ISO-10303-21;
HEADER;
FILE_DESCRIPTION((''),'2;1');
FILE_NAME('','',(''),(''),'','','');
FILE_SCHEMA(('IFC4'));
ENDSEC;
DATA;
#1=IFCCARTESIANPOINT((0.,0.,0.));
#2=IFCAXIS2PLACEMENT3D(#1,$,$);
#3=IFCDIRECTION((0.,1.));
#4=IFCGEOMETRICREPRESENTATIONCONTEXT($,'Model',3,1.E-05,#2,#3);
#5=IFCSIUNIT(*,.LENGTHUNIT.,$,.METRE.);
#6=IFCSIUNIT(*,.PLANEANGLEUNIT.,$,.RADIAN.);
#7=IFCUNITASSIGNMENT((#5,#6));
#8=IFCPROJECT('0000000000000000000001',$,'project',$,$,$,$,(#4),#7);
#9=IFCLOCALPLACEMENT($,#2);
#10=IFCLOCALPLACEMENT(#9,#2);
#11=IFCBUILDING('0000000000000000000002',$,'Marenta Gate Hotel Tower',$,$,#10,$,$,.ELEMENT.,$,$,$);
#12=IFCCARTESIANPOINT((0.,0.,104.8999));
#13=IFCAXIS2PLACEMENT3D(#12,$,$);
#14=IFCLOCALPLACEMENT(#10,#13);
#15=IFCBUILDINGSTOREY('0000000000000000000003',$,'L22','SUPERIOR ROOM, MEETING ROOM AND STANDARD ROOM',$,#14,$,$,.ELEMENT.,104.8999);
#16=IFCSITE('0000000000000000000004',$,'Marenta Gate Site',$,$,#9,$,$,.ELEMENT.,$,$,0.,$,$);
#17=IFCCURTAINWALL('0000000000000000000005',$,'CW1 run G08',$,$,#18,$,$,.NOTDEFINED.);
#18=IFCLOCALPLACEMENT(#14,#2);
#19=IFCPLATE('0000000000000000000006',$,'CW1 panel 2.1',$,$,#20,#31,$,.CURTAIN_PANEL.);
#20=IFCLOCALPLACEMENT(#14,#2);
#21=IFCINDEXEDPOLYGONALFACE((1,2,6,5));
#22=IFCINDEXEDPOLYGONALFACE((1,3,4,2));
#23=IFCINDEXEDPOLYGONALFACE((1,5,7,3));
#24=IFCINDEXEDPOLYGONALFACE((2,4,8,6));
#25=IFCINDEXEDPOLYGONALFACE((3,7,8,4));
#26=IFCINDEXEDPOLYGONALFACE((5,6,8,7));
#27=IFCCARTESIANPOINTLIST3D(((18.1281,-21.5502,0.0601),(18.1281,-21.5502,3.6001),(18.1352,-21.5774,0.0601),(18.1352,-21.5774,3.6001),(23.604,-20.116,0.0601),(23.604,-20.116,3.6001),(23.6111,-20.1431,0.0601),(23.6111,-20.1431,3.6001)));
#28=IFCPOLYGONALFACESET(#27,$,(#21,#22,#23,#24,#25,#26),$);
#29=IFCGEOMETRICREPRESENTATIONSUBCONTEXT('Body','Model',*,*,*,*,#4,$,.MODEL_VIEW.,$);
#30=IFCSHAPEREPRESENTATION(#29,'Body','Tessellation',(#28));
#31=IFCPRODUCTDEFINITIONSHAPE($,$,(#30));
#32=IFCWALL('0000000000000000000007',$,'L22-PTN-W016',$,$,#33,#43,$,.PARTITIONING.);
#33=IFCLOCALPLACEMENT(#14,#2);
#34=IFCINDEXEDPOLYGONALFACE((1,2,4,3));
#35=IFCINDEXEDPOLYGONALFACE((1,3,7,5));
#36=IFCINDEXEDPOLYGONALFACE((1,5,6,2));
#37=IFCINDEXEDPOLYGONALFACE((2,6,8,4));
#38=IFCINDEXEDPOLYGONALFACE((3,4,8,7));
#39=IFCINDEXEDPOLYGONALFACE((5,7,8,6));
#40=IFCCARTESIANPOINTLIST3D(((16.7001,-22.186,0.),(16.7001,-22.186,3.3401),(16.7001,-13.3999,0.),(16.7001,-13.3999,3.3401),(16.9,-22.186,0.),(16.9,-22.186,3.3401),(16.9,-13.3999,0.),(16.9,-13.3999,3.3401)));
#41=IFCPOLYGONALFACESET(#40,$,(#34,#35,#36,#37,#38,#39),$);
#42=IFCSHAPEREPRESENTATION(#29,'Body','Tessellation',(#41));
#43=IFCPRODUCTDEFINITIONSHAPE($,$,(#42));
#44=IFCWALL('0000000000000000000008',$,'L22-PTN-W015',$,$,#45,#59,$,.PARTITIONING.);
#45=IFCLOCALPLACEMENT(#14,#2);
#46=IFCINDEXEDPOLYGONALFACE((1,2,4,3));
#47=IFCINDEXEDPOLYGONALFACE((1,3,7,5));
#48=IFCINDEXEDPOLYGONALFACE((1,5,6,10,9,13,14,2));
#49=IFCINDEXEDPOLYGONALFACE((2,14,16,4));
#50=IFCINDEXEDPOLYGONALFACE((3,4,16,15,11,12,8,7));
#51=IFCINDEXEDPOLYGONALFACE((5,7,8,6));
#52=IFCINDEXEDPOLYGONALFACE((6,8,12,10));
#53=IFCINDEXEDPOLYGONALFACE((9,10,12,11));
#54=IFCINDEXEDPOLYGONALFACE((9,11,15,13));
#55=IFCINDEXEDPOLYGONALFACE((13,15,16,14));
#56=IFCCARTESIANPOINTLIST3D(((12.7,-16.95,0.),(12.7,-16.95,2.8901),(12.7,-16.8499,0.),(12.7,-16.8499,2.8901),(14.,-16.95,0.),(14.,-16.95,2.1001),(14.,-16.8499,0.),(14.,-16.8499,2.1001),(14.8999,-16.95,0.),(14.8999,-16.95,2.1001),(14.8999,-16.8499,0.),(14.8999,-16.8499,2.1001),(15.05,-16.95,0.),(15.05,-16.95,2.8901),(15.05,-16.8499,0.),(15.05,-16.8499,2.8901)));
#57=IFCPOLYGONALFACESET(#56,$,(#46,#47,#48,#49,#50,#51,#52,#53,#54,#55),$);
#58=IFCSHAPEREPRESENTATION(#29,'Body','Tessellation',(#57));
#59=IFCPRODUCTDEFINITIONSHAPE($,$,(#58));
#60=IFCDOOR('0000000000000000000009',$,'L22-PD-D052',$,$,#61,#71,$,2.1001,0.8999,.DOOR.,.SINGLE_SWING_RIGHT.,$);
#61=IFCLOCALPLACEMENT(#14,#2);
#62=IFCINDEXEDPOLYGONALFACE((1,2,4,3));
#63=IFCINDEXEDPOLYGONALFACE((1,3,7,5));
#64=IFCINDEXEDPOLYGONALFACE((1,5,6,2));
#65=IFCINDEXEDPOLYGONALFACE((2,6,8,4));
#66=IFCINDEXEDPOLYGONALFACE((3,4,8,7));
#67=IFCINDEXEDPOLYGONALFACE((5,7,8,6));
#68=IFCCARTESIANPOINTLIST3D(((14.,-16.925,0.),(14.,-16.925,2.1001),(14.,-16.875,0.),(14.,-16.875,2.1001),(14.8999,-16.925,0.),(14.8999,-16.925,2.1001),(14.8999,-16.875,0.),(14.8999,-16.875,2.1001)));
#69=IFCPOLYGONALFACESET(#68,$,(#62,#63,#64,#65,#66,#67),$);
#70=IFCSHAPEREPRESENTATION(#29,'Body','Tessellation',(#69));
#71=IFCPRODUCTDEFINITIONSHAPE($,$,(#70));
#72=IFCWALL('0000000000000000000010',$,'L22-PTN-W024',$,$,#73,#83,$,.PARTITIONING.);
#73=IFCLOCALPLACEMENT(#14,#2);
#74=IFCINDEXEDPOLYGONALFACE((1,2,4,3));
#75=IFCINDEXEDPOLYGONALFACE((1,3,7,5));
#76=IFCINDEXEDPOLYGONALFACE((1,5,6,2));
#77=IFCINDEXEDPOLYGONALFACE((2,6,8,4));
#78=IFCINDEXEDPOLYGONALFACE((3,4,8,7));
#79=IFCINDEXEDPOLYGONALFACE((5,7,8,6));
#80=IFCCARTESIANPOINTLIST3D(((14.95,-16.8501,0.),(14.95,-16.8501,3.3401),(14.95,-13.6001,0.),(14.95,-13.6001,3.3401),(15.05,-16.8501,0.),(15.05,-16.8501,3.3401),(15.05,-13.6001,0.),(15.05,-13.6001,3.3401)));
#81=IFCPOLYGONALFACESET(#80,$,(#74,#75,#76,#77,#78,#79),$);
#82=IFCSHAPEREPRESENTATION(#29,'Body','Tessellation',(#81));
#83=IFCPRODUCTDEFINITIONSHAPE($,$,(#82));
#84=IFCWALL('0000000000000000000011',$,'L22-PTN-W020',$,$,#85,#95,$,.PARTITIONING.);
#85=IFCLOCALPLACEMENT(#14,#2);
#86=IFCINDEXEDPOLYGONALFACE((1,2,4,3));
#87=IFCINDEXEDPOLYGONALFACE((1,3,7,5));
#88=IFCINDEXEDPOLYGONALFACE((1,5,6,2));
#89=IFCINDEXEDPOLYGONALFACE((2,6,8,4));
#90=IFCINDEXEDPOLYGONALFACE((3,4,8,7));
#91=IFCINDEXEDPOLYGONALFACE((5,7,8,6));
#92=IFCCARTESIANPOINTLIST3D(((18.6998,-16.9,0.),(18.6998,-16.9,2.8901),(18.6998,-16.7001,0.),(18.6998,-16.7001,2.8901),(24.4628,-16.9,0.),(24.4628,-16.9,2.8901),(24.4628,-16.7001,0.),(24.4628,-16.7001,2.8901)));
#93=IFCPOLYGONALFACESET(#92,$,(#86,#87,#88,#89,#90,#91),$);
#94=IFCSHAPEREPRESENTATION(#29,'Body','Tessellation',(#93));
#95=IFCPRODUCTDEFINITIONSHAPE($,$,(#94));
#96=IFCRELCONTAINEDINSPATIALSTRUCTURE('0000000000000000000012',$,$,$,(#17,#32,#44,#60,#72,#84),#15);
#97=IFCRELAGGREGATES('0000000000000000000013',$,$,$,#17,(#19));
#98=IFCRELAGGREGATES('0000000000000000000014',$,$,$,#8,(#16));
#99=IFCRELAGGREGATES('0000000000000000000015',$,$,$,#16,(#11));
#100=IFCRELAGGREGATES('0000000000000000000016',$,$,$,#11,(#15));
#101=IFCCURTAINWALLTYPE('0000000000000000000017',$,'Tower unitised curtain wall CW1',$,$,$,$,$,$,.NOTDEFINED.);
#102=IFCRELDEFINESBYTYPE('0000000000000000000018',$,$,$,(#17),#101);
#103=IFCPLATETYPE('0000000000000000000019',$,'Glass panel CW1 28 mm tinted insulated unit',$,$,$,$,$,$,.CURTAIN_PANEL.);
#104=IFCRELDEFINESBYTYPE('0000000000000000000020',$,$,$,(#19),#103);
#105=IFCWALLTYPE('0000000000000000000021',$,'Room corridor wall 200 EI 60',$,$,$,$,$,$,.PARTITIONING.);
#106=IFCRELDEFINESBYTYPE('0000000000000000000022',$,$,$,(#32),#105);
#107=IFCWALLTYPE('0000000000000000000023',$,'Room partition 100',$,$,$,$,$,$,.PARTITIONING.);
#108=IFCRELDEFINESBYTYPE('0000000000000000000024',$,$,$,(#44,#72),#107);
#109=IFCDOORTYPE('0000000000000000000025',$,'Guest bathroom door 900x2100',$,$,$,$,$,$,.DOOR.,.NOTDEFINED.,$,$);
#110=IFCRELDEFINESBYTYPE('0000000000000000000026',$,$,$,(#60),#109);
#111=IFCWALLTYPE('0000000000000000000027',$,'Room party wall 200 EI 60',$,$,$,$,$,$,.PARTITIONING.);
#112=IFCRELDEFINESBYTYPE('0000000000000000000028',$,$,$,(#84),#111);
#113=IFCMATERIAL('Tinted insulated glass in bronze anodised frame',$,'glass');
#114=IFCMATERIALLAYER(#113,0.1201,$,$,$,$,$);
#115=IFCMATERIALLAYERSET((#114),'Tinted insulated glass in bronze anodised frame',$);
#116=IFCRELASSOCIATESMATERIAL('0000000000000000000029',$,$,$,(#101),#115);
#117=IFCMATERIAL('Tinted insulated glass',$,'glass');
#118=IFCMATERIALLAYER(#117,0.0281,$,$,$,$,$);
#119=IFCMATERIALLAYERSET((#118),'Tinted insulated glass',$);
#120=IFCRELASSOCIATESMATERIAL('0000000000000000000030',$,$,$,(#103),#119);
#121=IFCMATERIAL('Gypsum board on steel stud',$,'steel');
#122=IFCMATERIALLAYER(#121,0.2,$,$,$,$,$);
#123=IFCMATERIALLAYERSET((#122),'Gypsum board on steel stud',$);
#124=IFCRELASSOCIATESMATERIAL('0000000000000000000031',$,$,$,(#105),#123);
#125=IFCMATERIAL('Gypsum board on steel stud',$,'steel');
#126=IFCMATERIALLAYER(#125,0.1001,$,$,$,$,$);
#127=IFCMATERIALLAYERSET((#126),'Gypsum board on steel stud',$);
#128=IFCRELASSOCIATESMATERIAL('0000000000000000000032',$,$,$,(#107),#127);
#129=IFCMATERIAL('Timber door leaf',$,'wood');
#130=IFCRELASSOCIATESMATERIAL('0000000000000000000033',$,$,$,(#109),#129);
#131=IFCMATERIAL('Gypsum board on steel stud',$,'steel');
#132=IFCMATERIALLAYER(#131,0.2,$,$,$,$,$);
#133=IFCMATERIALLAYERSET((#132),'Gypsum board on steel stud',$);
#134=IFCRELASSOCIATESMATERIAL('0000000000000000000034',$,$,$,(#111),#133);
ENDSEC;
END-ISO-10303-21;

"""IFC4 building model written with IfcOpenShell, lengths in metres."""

from ifc_helpers import new_model, si_unit, direction, frame, frame_2d, origin, origin_2d, place, context, subcontext, project, spatial, rectangle, extrude, material, layer, layer_set, type_object, element, fill, aggregate, save


model = new_model("IFC4")

# Units and contexts
model_context = context("Model", 3, precision=1e-05, world=origin(), true_north=direction((0.0, 1.0)))
body_context = subcontext(model_context, "Body", "Model", "MODEL_VIEW")
ifc_project = project(units=[si_unit("LENGTHUNIT", "METRE"), si_unit("PLANEANGLEUNIT", "RADIAN")], contexts=[model_context])

# Site, building, storey
site_placement = place(None, origin())
site = spatial("IfcSite", under=ifc_project, at=site_placement, Name="Marenta Gate Site", CompositionType="ELEMENT", RefElevation=0.0)
building_placement = place(site_placement, origin())
building = spatial("IfcBuilding", under=site, at=building_placement, Name="Marenta Gate Hotel Tower", CompositionType="ELEMENT")
storey_placement = place(building_placement, frame((0.0, 0.0, 104.8999)))
storey = spatial("IfcBuildingStorey", under=building, at=storey_placement, Name="L22", Description="SUPERIOR ROOM, MEETING ROOM AND STANDARD ROOM", CompositionType="ELEMENT", Elevation=104.8999)

# Curtain wall, plate
ifc_material_1 = material(Name="Tinted insulated glass in bronze anodised frame", Category="glass")
ifc_layer_1 = layer(ifc_material_1, 0.1201)
ifc_layer_set_1 = layer_set([ifc_layer_1], Name="Tinted insulated glass in bronze anodised frame")
curtain_wall_type = type_object("IfcCurtainWallType", Name="Tower unitised curtain wall CW1", PredefinedType="NOTDEFINED", material=ifc_layer_set_1)
curtain_wall_placement = place(storey_placement, origin())
curtain_wall = element("IfcCurtainWall", 1, at=curtain_wall_placement, inside=storey, type_object=curtain_wall_type, Name="CW1 run G08", PredefinedType="NOTDEFINED")
ifc_material_2 = material(Name="Tinted insulated glass", Category="glass")
ifc_layer_2 = layer(ifc_material_2, 0.0281)
ifc_layer_set_2 = layer_set([ifc_layer_2], Name="Tinted insulated glass")
plate_type = type_object("IfcPlateType", Name="Glass panel CW1 28 mm tinted insulated unit", PredefinedType="CURTAIN_PANEL", material=ifc_layer_set_2)
plate_1_placement = place(storey_placement, frame((20.8696, -20.8467, 0.0601), z_axis=(0.0, 0.0, 1.0), x_axis=(0.967368, 0.253374, 0.0)))
plate_1 = element("IfcPlate", 2, at=plate_1_placement, type_object=plate_type, Name="CW1 panel 2.1", PredefinedType="CURTAIN_PANEL", context=body_context, shape_type="SweptSolid", body=[
    extrude(rectangle(XDim=5.6606, YDim=0.0281, at=origin_2d()), origin(), (0.0, 0.0, 1.0), 3.54),
])
aggregate(curtain_wall, [plate_1])

# Shared definitions
ifc_material_3 = material(Name="Gypsum board on steel stud", Category="steel")
ifc_layer_3 = layer(ifc_material_3, 0.2)
ifc_layer_set_3 = layer_set([ifc_layer_3], Name="Gypsum board on steel stud")
wall_type_1 = type_object("IfcWallType", Name="Room corridor wall 200 EI 60", PredefinedType="PARTITIONING", material=ifc_layer_set_3)

# Wall
wall_1_placement = place(storey_placement, frame((16.8, -22.186, 0.0), z_axis=(0.0, 0.0, 1.0), x_axis=(0.0, 1.0, 0.0)))
element("IfcWall", 3, at=wall_1_placement, inside=storey, type_object=wall_type_1, Name="L22-PTN-W016", PredefinedType="PARTITIONING", context=body_context, shape_type="SweptSolid", body=[
    extrude(rectangle(XDim=8.7861, YDim=0.2, at=frame_2d((4.3931, 0.0))), origin(), (0.0, 0.0, 1.0), 3.3401),
])

# Wall, opening, door
ifc_material_4 = material(Name="Gypsum board on steel stud", Category="steel")
ifc_layer_4 = layer(ifc_material_4, 0.1001)
ifc_layer_set_4 = layer_set([ifc_layer_4], Name="Gypsum board on steel stud")
wall_type_2 = type_object("IfcWallType", Name="Room partition 100", PredefinedType="PARTITIONING", material=ifc_layer_set_4)
wall_2_placement = place(storey_placement, frame((12.7, -16.8999, 0.0), z_axis=(0.0, 0.0, 1.0), x_axis=(1.0, 0.0, 0.0)))
wall_2 = element("IfcWall", 4, at=wall_2_placement, inside=storey, type_object=wall_type_2, Name="L22-PTN-W015", PredefinedType="PARTITIONING", context=body_context, shape_type="SweptSolid", body=[
    extrude(rectangle(XDim=2.3501, YDim=0.1001, at=frame_2d((1.175, 0.0))), origin(), (0.0, 0.0, 1.0), 2.8901),
])
opening_1_placement = place(wall_2_placement, frame((1.3, 0.0, 0.0)))
opening_1 = element("IfcOpeningElement", 5, at=opening_1_placement, cuts=wall_2, PredefinedType="OPENING", context=body_context, shape_type="SweptSolid", body=[
    extrude(rectangle(XDim=0.8999, YDim=2.1001, at=frame_2d((0.45, 1.05))), frame((0.0, 0.05, 0.0), z_axis=(0.0, -1.0, 0.0), x_axis=(1.0, 0.0, 0.0)), (0.0, 0.0, 1.0), 0.1001),
])
ifc_material_5 = material(Name="Timber door leaf", Category="wood")
door_type_1 = type_object("IfcDoorType", Name="Guest bathroom door 900x2100", OperationType="NOTDEFINED", PredefinedType="DOOR", material=ifc_material_5)
door_1_placement = place(opening_1_placement, origin())
door_1 = element("IfcDoor", 6, at=door_1_placement, inside=storey, type_object=door_type_1, Name="L22-PD-D052", OperationType="SINGLE_SWING_RIGHT", OverallHeight=2.1001, OverallWidth=0.8999, PredefinedType="DOOR", context=body_context, shape_type="SweptSolid", body=[
    extrude(rectangle(XDim=0.8999, YDim=2.1001, at=frame_2d((0.45, 1.05))), frame((0.0, 0.0249, 0.0), z_axis=(0.0, -1.0, 0.0), x_axis=(1.0, 0.0, 0.0)), (0.0, 0.0, 1.0), 0.05),
])
fill(opening_1, door_1)

# Walls
wall_3_placement = place(storey_placement, frame((15.0, -16.8501, 0.0), z_axis=(0.0, 0.0, 1.0), x_axis=(0.0, 1.0, 0.0)))
element("IfcWall", 7, at=wall_3_placement, inside=storey, type_object=wall_type_2, Name="L22-PTN-W024", PredefinedType="PARTITIONING", context=body_context, shape_type="SweptSolid", body=[
    extrude(rectangle(XDim=3.25, YDim=0.1001, at=frame_2d((1.625, 0.0))), origin(), (0.0, 0.0, 1.0), 3.3401),
])
ifc_material_6 = material(Name="Gypsum board on steel stud", Category="steel")
ifc_layer_5 = layer(ifc_material_6, 0.2)
ifc_layer_set_5 = layer_set([ifc_layer_5], Name="Gypsum board on steel stud")
wall_type_3 = type_object("IfcWallType", Name="Room party wall 200 EI 60", PredefinedType="PARTITIONING", material=ifc_layer_set_5)
wall_4_placement = place(storey_placement, frame((18.7, -16.8, 0.0), z_axis=(0.0, 0.0, 1.0), x_axis=(1.0, 0.0, 0.0)))
element("IfcWall", 8, at=wall_4_placement, inside=storey, type_object=wall_type_3, Name="L22-PTN-W020", PredefinedType="PARTITIONING", context=body_context, shape_type="SweptSolid", body=[
    extrude(rectangle(XDim=5.7629, YDim=0.2, at=frame_2d((2.8813, 0.0))), origin(), (0.0, 0.0, 1.0), 2.8901),
])

save(model, "model.ifc")
